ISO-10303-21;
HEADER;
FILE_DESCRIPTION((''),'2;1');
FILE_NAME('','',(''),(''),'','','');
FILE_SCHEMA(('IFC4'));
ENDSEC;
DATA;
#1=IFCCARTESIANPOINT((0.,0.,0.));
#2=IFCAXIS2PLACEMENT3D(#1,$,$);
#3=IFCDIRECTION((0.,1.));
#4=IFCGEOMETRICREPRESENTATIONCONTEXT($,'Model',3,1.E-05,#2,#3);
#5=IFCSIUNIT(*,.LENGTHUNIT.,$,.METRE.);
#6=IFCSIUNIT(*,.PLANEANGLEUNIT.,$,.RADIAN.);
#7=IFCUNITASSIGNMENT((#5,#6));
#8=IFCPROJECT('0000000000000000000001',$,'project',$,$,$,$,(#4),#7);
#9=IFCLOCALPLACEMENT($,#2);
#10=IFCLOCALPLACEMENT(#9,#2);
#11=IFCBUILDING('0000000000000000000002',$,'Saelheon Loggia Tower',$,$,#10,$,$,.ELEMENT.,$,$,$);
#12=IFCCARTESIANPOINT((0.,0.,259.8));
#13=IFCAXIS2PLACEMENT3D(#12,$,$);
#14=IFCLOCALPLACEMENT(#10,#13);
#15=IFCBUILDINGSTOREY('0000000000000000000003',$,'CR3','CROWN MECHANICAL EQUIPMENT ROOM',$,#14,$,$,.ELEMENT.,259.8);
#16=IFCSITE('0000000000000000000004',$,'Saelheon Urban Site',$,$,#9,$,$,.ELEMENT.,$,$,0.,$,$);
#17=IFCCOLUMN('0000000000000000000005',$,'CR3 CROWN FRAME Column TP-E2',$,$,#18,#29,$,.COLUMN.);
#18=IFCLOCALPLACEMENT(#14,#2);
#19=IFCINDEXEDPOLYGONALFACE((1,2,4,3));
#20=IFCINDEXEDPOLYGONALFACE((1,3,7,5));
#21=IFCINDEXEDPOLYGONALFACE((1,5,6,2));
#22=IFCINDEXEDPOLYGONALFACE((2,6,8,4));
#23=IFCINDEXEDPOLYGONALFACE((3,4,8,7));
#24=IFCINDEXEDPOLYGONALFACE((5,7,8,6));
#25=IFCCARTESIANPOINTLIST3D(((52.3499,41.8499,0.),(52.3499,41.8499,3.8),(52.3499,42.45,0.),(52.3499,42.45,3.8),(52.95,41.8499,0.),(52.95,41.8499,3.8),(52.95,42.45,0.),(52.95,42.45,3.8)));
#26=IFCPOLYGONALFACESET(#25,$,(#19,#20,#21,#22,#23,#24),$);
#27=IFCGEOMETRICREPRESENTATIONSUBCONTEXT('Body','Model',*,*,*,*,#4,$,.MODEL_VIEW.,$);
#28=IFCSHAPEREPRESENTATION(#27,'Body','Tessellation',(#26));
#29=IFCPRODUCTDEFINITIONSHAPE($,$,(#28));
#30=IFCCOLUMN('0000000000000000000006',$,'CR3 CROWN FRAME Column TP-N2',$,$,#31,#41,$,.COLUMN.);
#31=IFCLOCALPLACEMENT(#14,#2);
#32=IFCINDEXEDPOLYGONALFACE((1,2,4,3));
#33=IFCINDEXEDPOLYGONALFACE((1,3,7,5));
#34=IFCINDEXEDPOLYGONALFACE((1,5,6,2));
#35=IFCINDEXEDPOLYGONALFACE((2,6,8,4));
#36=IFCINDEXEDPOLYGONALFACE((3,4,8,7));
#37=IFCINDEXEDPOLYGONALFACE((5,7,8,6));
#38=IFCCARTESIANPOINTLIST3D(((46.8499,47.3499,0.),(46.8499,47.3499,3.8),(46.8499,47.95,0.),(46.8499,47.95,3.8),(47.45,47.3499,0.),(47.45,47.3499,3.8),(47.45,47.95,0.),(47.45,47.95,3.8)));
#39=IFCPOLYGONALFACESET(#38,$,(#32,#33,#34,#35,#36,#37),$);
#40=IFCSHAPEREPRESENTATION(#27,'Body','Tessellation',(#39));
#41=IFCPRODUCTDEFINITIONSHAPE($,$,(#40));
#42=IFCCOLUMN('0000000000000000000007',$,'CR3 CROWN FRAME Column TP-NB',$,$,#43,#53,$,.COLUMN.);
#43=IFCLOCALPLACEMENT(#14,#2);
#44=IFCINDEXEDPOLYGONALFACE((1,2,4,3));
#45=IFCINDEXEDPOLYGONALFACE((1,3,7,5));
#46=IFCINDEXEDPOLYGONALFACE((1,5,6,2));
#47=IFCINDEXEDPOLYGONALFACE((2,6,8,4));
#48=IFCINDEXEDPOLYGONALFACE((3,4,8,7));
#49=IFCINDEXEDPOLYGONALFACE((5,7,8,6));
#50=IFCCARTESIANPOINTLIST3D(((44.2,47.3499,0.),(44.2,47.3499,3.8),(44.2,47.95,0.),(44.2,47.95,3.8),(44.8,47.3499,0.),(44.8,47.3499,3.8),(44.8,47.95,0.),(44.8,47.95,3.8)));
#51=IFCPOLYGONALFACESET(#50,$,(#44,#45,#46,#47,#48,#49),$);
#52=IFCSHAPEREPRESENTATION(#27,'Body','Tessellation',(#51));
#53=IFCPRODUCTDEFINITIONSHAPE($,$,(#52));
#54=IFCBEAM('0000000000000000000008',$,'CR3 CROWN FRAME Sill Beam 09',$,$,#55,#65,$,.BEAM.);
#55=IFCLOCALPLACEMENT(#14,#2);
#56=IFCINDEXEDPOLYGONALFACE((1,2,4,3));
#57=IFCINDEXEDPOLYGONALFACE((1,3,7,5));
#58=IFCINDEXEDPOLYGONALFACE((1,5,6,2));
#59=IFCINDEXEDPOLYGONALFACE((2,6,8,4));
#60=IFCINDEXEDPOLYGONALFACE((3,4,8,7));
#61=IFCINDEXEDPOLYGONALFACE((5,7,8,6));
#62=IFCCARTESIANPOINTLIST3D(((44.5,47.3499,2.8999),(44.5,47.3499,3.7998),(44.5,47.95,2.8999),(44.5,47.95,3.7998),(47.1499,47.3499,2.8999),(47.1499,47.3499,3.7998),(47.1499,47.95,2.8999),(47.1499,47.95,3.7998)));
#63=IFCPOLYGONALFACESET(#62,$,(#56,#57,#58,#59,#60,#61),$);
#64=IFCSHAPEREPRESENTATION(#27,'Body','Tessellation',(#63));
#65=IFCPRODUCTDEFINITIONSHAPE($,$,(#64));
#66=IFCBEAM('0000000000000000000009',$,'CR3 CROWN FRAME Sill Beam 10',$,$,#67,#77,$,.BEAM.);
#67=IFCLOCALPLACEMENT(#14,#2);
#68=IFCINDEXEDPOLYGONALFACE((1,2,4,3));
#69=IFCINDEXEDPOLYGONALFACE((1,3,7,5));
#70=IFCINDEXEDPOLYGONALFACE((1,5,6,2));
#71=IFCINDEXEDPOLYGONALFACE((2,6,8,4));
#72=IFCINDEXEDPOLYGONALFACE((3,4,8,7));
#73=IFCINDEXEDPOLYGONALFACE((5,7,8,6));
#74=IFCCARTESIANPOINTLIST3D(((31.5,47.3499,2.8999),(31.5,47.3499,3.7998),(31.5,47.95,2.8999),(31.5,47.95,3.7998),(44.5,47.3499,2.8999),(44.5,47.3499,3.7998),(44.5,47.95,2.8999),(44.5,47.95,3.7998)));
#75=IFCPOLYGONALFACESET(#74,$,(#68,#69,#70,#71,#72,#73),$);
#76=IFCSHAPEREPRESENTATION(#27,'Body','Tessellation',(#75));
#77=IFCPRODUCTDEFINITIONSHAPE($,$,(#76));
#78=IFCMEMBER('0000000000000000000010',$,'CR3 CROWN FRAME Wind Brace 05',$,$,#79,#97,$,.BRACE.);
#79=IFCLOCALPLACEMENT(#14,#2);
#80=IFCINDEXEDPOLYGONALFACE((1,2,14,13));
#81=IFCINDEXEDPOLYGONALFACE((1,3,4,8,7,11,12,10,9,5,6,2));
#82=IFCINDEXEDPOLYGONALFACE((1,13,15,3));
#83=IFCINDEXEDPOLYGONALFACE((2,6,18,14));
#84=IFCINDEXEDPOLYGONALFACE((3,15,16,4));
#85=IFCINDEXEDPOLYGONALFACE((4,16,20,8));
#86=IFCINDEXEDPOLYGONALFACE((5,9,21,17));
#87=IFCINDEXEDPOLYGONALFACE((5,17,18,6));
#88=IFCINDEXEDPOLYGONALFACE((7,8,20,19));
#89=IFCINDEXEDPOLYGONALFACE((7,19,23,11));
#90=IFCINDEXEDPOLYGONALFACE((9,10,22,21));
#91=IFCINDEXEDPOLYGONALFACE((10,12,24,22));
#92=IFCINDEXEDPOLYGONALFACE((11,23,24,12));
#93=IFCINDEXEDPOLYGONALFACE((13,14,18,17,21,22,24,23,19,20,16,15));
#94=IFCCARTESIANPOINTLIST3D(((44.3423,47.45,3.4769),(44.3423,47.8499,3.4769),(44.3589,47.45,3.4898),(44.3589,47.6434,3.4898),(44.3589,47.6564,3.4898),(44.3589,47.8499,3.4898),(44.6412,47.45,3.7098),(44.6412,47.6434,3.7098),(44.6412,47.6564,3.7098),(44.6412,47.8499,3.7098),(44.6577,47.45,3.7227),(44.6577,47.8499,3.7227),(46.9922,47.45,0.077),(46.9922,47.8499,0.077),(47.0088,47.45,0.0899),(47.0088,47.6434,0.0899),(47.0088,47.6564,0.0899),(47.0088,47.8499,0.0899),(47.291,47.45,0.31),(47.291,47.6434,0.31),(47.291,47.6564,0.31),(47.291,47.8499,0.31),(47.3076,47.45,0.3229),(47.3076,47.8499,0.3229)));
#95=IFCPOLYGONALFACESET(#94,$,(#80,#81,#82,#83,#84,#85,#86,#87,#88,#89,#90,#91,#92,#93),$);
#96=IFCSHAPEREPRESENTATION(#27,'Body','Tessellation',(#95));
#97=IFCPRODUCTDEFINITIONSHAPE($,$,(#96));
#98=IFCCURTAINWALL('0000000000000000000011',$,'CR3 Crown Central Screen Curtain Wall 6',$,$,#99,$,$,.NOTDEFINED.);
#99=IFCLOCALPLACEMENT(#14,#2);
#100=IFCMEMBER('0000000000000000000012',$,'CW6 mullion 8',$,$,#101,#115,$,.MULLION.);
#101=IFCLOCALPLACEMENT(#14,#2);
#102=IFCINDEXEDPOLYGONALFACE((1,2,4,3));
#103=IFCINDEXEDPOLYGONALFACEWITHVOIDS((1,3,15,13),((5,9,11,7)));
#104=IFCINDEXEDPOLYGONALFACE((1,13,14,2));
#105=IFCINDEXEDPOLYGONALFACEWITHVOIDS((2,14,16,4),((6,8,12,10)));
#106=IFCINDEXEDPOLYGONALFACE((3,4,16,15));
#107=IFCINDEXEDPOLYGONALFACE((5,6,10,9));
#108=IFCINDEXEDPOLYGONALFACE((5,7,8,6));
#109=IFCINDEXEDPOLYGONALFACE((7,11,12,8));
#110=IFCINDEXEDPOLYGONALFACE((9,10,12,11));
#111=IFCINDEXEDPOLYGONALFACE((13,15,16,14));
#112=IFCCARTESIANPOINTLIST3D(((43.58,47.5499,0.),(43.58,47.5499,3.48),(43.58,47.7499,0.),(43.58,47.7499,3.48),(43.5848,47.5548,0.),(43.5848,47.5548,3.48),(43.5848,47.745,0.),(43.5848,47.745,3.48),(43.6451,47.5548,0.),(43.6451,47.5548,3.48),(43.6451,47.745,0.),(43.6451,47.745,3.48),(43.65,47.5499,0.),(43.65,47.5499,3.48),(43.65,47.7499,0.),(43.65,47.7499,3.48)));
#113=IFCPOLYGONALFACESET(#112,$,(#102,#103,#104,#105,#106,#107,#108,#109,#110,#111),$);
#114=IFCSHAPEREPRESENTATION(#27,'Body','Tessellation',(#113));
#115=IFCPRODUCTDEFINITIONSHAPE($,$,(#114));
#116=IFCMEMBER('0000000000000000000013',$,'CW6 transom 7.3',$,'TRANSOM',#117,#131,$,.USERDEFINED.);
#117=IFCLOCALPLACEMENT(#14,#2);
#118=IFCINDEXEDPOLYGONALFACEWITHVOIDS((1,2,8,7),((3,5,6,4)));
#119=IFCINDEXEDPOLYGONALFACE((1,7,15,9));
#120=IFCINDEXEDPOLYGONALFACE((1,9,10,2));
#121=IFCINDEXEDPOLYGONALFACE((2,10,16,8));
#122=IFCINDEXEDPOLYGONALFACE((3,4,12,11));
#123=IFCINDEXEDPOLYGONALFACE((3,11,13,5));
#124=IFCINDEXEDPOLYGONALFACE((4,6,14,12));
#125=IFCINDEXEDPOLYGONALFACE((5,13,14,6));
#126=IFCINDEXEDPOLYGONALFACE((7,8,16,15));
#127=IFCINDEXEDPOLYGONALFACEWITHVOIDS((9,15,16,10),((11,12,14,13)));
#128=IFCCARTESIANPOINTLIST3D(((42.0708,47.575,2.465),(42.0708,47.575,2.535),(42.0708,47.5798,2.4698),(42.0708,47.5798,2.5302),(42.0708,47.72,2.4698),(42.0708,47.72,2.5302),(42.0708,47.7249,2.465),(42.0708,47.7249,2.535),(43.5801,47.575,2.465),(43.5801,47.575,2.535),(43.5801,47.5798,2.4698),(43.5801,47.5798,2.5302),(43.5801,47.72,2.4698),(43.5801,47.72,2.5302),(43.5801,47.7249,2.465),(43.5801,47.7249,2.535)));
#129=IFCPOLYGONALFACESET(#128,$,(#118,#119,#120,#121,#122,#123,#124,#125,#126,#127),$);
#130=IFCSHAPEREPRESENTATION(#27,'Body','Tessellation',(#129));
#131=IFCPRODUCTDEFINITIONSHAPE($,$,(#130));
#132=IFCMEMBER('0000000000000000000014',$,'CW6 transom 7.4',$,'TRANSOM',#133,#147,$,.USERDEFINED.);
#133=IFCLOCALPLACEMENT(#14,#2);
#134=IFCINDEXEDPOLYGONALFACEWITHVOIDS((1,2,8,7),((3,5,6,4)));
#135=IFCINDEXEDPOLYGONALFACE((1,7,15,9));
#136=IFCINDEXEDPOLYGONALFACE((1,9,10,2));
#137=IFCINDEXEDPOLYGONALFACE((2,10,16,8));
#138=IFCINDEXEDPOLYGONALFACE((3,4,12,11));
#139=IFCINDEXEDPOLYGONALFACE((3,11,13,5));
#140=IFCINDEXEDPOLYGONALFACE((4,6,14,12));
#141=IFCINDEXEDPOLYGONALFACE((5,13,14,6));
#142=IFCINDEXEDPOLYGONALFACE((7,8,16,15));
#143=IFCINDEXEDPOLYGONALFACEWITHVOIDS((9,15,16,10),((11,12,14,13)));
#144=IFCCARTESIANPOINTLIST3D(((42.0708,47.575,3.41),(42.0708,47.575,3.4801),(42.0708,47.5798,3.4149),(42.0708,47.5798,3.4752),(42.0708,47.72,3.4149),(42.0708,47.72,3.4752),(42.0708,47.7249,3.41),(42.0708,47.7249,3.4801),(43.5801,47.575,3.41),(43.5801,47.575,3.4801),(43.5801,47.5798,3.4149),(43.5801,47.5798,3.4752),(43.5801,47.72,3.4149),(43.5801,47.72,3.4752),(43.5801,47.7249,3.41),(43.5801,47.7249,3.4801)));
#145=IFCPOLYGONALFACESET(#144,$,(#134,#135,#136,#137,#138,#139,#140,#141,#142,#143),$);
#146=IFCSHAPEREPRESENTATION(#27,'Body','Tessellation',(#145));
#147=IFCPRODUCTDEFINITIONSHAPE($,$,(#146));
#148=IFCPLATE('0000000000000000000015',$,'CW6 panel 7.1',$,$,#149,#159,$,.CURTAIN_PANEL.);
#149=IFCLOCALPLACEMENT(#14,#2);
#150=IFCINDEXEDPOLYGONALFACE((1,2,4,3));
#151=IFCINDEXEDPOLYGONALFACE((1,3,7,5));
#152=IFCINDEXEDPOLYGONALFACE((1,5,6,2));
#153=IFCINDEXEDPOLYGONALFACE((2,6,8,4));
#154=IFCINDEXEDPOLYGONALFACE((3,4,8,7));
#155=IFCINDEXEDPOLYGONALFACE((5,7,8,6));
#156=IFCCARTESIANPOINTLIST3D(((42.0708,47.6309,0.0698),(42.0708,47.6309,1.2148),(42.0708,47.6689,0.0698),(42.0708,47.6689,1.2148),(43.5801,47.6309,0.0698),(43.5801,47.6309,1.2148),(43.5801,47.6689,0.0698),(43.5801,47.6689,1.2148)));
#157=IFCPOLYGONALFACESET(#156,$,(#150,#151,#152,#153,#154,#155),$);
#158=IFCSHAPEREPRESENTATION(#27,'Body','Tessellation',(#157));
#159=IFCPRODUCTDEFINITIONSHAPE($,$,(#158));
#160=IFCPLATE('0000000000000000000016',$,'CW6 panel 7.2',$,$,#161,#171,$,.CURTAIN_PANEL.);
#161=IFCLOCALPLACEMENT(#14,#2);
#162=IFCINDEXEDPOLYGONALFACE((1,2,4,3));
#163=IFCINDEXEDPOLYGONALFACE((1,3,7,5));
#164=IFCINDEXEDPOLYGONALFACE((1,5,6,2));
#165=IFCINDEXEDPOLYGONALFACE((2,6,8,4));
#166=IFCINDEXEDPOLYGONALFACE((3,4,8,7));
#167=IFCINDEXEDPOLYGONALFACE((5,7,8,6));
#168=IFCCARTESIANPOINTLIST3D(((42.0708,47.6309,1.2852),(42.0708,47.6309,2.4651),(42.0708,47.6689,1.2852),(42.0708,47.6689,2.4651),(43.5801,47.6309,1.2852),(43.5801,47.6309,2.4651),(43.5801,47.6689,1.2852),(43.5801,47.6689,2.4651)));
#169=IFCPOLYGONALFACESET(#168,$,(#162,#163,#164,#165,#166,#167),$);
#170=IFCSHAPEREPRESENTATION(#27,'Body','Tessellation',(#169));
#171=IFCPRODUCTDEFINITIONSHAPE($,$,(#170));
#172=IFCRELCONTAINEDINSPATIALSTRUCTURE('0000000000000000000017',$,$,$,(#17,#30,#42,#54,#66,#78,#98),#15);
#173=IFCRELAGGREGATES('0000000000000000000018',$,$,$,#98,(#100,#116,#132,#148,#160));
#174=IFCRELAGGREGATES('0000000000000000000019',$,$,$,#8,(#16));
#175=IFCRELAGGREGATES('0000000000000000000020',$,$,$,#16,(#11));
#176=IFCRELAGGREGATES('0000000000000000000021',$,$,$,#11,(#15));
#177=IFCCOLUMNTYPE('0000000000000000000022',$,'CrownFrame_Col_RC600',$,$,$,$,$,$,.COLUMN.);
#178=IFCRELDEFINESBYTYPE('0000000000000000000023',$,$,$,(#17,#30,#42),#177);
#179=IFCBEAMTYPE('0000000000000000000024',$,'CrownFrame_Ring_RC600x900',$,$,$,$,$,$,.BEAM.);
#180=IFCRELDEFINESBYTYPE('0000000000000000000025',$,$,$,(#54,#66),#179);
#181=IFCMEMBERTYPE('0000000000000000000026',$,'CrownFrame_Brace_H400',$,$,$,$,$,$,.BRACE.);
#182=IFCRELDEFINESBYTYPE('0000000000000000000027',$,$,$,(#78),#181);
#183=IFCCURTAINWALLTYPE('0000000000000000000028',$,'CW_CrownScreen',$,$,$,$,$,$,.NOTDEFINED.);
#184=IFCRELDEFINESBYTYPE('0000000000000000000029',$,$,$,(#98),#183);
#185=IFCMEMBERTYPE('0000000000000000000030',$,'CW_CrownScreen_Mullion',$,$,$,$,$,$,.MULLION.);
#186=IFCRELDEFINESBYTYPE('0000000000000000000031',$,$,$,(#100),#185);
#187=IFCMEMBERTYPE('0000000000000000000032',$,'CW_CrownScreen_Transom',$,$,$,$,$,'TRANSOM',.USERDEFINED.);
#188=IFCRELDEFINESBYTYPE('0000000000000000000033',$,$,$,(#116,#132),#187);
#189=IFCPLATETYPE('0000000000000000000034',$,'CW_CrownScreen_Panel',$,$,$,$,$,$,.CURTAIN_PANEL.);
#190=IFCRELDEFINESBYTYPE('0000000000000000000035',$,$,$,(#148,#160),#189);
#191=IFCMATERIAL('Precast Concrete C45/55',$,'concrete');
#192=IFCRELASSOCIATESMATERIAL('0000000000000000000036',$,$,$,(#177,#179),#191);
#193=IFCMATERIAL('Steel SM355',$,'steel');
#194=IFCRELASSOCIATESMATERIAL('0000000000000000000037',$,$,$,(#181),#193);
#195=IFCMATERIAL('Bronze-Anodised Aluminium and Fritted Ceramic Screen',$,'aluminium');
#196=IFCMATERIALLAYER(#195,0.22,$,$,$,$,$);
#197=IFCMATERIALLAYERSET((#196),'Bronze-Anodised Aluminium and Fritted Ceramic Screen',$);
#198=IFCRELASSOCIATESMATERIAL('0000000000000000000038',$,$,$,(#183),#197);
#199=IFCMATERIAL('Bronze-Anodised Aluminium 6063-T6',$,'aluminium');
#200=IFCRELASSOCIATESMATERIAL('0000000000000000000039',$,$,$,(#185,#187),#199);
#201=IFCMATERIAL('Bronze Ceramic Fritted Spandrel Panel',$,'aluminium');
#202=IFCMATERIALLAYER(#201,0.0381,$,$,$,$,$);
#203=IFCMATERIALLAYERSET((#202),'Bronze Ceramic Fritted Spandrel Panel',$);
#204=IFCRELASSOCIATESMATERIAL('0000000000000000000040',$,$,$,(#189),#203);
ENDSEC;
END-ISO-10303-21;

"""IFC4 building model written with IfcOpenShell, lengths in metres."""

from ifc_helpers import new_model, si_unit, direction, frame, origin, origin_2d, place, context, subcontext, project, spatial, rectangle, hollow_rectangle, i_section, extrude, source, transform, mapped, material, layer, layer_set, material_profile, profile_set, type_object, element, aggregate, save


model = new_model("IFC4")

# Units and contexts
model_context = context("Model", 3, precision=1e-05, world=origin(), true_north=direction((0.0, 1.0)))
body_context = subcontext(model_context, "Body", "Model", "MODEL_VIEW")
ifc_project = project(units=[si_unit("LENGTHUNIT", "METRE"), si_unit("PLANEANGLEUNIT", "RADIAN")], contexts=[model_context])

# Site, building, storey
site_placement = place(None, origin())
site = spatial("IfcSite", under=ifc_project, at=site_placement, Name="Saelheon Urban Site", CompositionType="ELEMENT", RefElevation=0.0)
building_placement = place(site_placement, origin())
building = spatial("IfcBuilding", under=site, at=building_placement, Name="Saelheon Loggia Tower", CompositionType="ELEMENT")
storey_placement = place(building_placement, frame((0.0, 0.0, 259.8)))
storey = spatial("IfcBuildingStorey", under=building, at=storey_placement, Name="CR3", Description="CROWN MECHANICAL EQUIPMENT ROOM", CompositionType="ELEMENT", Elevation=259.8)

# Columns
ifc_material_1 = material(Name="Precast Concrete C45/55", Category="concrete")
ifc_material_profile_1 = material_profile(ifc_material_1, rectangle(XDim=0.6001, YDim=0.6001, at=origin_2d()), Name="RC-600x600")
ifc_profile_set_1 = profile_set([ifc_material_profile_1], Name="Precast Concrete C45/55")
column_type = type_object("IfcColumnType", Name="CrownFrame_Col_RC600", PredefinedType="COLUMN", material=ifc_profile_set_1)
shared_shape_1 = source(origin(), body_context, "Body", "SweptSolid", [
    extrude(rectangle(XDim=0.6001, YDim=0.6001, at=origin_2d()), origin(), (0.0, 0.0, 1.0), 3.8),
])
for number, where, z_axis, x_axis, name in (
    (1, (52.6499, 42.1499, 0.0), (0.0, 0.0, 1.0), (1.0, 0.0, 0.0), "CR3 CROWN FRAME Column TP-E2"),
    (2, (47.1499, 47.6499, 0.0), (0.0, 0.0, 1.0), (1.0, 0.0, 0.0), "CR3 CROWN FRAME Column TP-N2"),
    (3, (44.5, 47.6499, 0.0), (0.0, 0.0, 1.0), (1.0, 0.0, 0.0), "CR3 CROWN FRAME Column TP-NB"),
):
    element("IfcColumn", number, at=place(storey_placement, frame(where, z_axis=z_axis, x_axis=x_axis)), inside=storey, type_object=column_type, Name=name, PredefinedType="COLUMN", context=body_context, shape_type="MappedRepresentation", body=[
        mapped(shared_shape_1, transform((0.0, 0.0, 0.0), scale=1.0)),
    ])

# Beams
ifc_material_profile_2 = material_profile(ifc_material_1, rectangle(XDim=0.6001, YDim=0.8999, at=origin_2d()), Name="RC-600x900")
ifc_profile_set_2 = profile_set([ifc_material_profile_2], Name="Precast Concrete C45/55")
beam_type = type_object("IfcBeamType", Name="CrownFrame_Ring_RC600x900", PredefinedType="BEAM", material=ifc_profile_set_2)
shared_shape_2 = source(origin(), body_context, "Body", "SweptSolid", [
    extrude(rectangle(XDim=0.6001, YDim=0.8999, at=origin_2d()), origin(), (0.0, 0.0, 1.0), 2.6499),
])
beam_1_placement = place(storey_placement, frame((47.1499, 47.6499, 3.3499), z_axis=(-1.0, 0.0, 0.0), x_axis=(0.0, -1.0, 0.0)))
element("IfcBeam", 4, at=beam_1_placement, inside=storey, type_object=beam_type, Name="CR3 CROWN FRAME Sill Beam 09", PredefinedType="BEAM", context=body_context, shape_type="MappedRepresentation", body=[
    mapped(shared_shape_2, transform((0.0, 0.0, 0.0), scale=1.0)),
])
shared_shape_3 = source(origin(), body_context, "Body", "SweptSolid", [
    extrude(rectangle(XDim=0.6001, YDim=0.8999, at=origin_2d()), origin(), (0.0, 0.0, 1.0), 13.0),
])
beam_2_placement = place(storey_placement, frame((44.5, 47.6499, 3.3499), z_axis=(-1.0, 0.0, 0.0), x_axis=(0.0, -1.0, 0.0)))
element("IfcBeam", 5, at=beam_2_placement, inside=storey, type_object=beam_type, Name="CR3 CROWN FRAME Sill Beam 10", PredefinedType="BEAM", context=body_context, shape_type="MappedRepresentation", body=[
    mapped(shared_shape_3, transform((0.0, 0.0, 0.0), scale=1.0)),
])

# Member
ifc_material_2 = material(Name="Steel SM355", Category="steel")
ifc_material_profile_3 = material_profile(ifc_material_2, i_section(OverallWidth=0.3999, OverallDepth=0.3999, WebThickness=0.0129, FlangeThickness=0.021, at=origin_2d()), Name="H-400x400x13x21")
ifc_profile_set_3 = profile_set([ifc_material_profile_3], Name="Steel SM355")
member_type_1 = type_object("IfcMemberType", Name="CrownFrame_Brace_H400", PredefinedType="BRACE", material=ifc_profile_set_3)
shared_shape_4 = source(origin(), body_context, "Body", "SweptSolid", [
    extrude(i_section(OverallWidth=0.3999, OverallDepth=0.3999, WebThickness=0.0129, FlangeThickness=0.021, at=origin_2d()), origin(), (0.0, 0.0, 1.0), 4.3105),
])
member_1_placement = place(storey_placement, frame((47.1499, 47.6499, 0.2), z_axis=(-0.61474, 0.0, 0.78873), x_axis=(0.0, -1.0, 0.0)))
element("IfcMember", 6, at=member_1_placement, inside=storey, type_object=member_type_1, Name="CR3 CROWN FRAME Wind Brace 05", PredefinedType="BRACE", context=body_context, shape_type="MappedRepresentation", body=[
    mapped(shared_shape_4, transform((0.0, 0.0, 0.0), scale=1.0)),
])

# Curtain wall, members, plates
ifc_material_3 = material(Name="Bronze-Anodised Aluminium and Fritted Ceramic Screen", Category="aluminium")
ifc_layer_1 = layer(ifc_material_3, 0.22)
ifc_layer_set_1 = layer_set([ifc_layer_1], Name="Bronze-Anodised Aluminium and Fritted Ceramic Screen")
curtain_wall_type = type_object("IfcCurtainWallType", Name="CW_CrownScreen", PredefinedType="NOTDEFINED", material=ifc_layer_set_1)
curtain_wall_placement = place(storey_placement, origin())
curtain_wall = element("IfcCurtainWall", 7, at=curtain_wall_placement, inside=storey, type_object=curtain_wall_type, Name="CR3 Crown Central Screen Curtain Wall 6", PredefinedType="NOTDEFINED")
ifc_material_4 = material(Name="Bronze-Anodised Aluminium 6063-T6", Category="aluminium")
ifc_material_profile_4 = material_profile(ifc_material_4, hollow_rectangle(XDim=0.0701, YDim=0.2, WallThickness=0.0049, at=origin_2d()), Name="RHS-200x70x5")
ifc_profile_set_4 = profile_set([ifc_material_profile_4], Name="Bronze-Anodised Aluminium 6063-T6")
member_type_2 = type_object("IfcMemberType", Name="CW_CrownScreen_Mullion", PredefinedType="MULLION", material=ifc_profile_set_4)
shared_shape_5 = source(origin(), body_context, "Body", "SweptSolid", [
    extrude(hollow_rectangle(XDim=0.0701, YDim=0.2, WallThickness=0.0049, at=origin_2d()), origin(), (0.0, 0.0, 1.0), 3.48),
])
member_2_placement = place(storey_placement, frame((43.615, 47.6499, 0.0), z_axis=(0.0, 0.0, 1.0), x_axis=(1.0, 0.0, 0.0)))
member_2 = element("IfcMember", 8, at=member_2_placement, type_object=member_type_2, Name="CW6 mullion 8", PredefinedType="MULLION", context=body_context, shape_type="MappedRepresentation", body=[
    mapped(shared_shape_5, transform((0.0, 0.0, 0.0), scale=1.0)),
])
ifc_material_profile_5 = material_profile(ifc_material_4, hollow_rectangle(XDim=0.0701, YDim=0.1499, WallThickness=0.0049, at=origin_2d()), Name="RHS-150x70x5")
ifc_profile_set_5 = profile_set([ifc_material_profile_5], Name="Bronze-Anodised Aluminium 6063-T6")
member_type_3 = type_object("IfcMemberType", Name="CW_CrownScreen_Transom", ElementType="TRANSOM", PredefinedType="USERDEFINED", material=ifc_profile_set_5)
shared_shape_6 = source(origin(), body_context, "Body", "SweptSolid", [
    extrude(hollow_rectangle(XDim=0.0701, YDim=0.1499, WallThickness=0.0049, at=origin_2d()), origin(), (0.0, 0.0, 1.0), 1.5093),
])
member_3_placement = place(storey_placement, frame((42.0708, 47.6499, 2.5), z_axis=(1.0, 0.0, 0.0), x_axis=(0.0, 0.0, 1.0)))
member_3 = element("IfcMember", 9, at=member_3_placement, type_object=member_type_3, Name="CW6 transom 7.3", ObjectType="TRANSOM", PredefinedType="USERDEFINED", context=body_context, shape_type="MappedRepresentation", body=[
    mapped(shared_shape_6, transform((0.0, 0.0, 0.0), scale=1.0)),
])
member_4_placement = place(storey_placement, frame((42.0708, 47.6499, 3.4451), z_axis=(1.0, 0.0, 0.0), x_axis=(0.0, 0.0, 1.0)))
member_4 = element("IfcMember", 10, at=member_4_placement, type_object=member_type_3, Name="CW6 transom 7.4", ObjectType="TRANSOM", PredefinedType="USERDEFINED", context=body_context, shape_type="MappedRepresentation", body=[
    mapped(shared_shape_6, transform((0.0, 0.0, 0.0), scale=1.0)),
])
ifc_material_5 = material(Name="Bronze Ceramic Fritted Spandrel Panel", Category="aluminium")
ifc_layer_2 = layer(ifc_material_5, 0.0381)
ifc_layer_set_2 = layer_set([ifc_layer_2], Name="Bronze Ceramic Fritted Spandrel Panel")
plate_type = type_object("IfcPlateType", Name="CW_CrownScreen_Panel", PredefinedType="CURTAIN_PANEL", material=ifc_layer_set_2)
shared_shape_7 = source(origin(), body_context, "Body", "SweptSolid", [
    extrude(rectangle(XDim=1.5093, YDim=0.0381, at=origin_2d()), origin(), (0.0, 0.0, 1.0), 1.145),
])
plate_1_placement = place(storey_placement, frame((42.8254, 47.6499, 0.0698), z_axis=(0.0, 0.0, 1.0), x_axis=(1.0, 0.0, 0.0)))
plate_1 = element("IfcPlate", 11, at=plate_1_placement, type_object=plate_type, Name="CW6 panel 7.1", PredefinedType="CURTAIN_PANEL", context=body_context, shape_type="MappedRepresentation", body=[
    mapped(shared_shape_7, transform((0.0, 0.0, 0.0), scale=1.0)),
])
shared_shape_8 = source(origin(), body_context, "Body", "SweptSolid", [
    extrude(rectangle(XDim=1.5093, YDim=0.0381, at=origin_2d()), origin(), (0.0, 0.0, 1.0), 1.1799),
])
plate_2_placement = place(storey_placement, frame((42.8254, 47.6499, 1.2852), z_axis=(0.0, 0.0, 1.0), x_axis=(1.0, 0.0, 0.0)))
plate_2 = element("IfcPlate", 12, at=plate_2_placement, type_object=plate_type, Name="CW6 panel 7.2", PredefinedType="CURTAIN_PANEL", context=body_context, shape_type="MappedRepresentation", body=[
    mapped(shared_shape_8, transform((0.0, 0.0, 0.0), scale=1.0)),
])
aggregate(curtain_wall, [member_2, member_3, member_4, plate_1, plate_2])

save(model, "model.ifc")
